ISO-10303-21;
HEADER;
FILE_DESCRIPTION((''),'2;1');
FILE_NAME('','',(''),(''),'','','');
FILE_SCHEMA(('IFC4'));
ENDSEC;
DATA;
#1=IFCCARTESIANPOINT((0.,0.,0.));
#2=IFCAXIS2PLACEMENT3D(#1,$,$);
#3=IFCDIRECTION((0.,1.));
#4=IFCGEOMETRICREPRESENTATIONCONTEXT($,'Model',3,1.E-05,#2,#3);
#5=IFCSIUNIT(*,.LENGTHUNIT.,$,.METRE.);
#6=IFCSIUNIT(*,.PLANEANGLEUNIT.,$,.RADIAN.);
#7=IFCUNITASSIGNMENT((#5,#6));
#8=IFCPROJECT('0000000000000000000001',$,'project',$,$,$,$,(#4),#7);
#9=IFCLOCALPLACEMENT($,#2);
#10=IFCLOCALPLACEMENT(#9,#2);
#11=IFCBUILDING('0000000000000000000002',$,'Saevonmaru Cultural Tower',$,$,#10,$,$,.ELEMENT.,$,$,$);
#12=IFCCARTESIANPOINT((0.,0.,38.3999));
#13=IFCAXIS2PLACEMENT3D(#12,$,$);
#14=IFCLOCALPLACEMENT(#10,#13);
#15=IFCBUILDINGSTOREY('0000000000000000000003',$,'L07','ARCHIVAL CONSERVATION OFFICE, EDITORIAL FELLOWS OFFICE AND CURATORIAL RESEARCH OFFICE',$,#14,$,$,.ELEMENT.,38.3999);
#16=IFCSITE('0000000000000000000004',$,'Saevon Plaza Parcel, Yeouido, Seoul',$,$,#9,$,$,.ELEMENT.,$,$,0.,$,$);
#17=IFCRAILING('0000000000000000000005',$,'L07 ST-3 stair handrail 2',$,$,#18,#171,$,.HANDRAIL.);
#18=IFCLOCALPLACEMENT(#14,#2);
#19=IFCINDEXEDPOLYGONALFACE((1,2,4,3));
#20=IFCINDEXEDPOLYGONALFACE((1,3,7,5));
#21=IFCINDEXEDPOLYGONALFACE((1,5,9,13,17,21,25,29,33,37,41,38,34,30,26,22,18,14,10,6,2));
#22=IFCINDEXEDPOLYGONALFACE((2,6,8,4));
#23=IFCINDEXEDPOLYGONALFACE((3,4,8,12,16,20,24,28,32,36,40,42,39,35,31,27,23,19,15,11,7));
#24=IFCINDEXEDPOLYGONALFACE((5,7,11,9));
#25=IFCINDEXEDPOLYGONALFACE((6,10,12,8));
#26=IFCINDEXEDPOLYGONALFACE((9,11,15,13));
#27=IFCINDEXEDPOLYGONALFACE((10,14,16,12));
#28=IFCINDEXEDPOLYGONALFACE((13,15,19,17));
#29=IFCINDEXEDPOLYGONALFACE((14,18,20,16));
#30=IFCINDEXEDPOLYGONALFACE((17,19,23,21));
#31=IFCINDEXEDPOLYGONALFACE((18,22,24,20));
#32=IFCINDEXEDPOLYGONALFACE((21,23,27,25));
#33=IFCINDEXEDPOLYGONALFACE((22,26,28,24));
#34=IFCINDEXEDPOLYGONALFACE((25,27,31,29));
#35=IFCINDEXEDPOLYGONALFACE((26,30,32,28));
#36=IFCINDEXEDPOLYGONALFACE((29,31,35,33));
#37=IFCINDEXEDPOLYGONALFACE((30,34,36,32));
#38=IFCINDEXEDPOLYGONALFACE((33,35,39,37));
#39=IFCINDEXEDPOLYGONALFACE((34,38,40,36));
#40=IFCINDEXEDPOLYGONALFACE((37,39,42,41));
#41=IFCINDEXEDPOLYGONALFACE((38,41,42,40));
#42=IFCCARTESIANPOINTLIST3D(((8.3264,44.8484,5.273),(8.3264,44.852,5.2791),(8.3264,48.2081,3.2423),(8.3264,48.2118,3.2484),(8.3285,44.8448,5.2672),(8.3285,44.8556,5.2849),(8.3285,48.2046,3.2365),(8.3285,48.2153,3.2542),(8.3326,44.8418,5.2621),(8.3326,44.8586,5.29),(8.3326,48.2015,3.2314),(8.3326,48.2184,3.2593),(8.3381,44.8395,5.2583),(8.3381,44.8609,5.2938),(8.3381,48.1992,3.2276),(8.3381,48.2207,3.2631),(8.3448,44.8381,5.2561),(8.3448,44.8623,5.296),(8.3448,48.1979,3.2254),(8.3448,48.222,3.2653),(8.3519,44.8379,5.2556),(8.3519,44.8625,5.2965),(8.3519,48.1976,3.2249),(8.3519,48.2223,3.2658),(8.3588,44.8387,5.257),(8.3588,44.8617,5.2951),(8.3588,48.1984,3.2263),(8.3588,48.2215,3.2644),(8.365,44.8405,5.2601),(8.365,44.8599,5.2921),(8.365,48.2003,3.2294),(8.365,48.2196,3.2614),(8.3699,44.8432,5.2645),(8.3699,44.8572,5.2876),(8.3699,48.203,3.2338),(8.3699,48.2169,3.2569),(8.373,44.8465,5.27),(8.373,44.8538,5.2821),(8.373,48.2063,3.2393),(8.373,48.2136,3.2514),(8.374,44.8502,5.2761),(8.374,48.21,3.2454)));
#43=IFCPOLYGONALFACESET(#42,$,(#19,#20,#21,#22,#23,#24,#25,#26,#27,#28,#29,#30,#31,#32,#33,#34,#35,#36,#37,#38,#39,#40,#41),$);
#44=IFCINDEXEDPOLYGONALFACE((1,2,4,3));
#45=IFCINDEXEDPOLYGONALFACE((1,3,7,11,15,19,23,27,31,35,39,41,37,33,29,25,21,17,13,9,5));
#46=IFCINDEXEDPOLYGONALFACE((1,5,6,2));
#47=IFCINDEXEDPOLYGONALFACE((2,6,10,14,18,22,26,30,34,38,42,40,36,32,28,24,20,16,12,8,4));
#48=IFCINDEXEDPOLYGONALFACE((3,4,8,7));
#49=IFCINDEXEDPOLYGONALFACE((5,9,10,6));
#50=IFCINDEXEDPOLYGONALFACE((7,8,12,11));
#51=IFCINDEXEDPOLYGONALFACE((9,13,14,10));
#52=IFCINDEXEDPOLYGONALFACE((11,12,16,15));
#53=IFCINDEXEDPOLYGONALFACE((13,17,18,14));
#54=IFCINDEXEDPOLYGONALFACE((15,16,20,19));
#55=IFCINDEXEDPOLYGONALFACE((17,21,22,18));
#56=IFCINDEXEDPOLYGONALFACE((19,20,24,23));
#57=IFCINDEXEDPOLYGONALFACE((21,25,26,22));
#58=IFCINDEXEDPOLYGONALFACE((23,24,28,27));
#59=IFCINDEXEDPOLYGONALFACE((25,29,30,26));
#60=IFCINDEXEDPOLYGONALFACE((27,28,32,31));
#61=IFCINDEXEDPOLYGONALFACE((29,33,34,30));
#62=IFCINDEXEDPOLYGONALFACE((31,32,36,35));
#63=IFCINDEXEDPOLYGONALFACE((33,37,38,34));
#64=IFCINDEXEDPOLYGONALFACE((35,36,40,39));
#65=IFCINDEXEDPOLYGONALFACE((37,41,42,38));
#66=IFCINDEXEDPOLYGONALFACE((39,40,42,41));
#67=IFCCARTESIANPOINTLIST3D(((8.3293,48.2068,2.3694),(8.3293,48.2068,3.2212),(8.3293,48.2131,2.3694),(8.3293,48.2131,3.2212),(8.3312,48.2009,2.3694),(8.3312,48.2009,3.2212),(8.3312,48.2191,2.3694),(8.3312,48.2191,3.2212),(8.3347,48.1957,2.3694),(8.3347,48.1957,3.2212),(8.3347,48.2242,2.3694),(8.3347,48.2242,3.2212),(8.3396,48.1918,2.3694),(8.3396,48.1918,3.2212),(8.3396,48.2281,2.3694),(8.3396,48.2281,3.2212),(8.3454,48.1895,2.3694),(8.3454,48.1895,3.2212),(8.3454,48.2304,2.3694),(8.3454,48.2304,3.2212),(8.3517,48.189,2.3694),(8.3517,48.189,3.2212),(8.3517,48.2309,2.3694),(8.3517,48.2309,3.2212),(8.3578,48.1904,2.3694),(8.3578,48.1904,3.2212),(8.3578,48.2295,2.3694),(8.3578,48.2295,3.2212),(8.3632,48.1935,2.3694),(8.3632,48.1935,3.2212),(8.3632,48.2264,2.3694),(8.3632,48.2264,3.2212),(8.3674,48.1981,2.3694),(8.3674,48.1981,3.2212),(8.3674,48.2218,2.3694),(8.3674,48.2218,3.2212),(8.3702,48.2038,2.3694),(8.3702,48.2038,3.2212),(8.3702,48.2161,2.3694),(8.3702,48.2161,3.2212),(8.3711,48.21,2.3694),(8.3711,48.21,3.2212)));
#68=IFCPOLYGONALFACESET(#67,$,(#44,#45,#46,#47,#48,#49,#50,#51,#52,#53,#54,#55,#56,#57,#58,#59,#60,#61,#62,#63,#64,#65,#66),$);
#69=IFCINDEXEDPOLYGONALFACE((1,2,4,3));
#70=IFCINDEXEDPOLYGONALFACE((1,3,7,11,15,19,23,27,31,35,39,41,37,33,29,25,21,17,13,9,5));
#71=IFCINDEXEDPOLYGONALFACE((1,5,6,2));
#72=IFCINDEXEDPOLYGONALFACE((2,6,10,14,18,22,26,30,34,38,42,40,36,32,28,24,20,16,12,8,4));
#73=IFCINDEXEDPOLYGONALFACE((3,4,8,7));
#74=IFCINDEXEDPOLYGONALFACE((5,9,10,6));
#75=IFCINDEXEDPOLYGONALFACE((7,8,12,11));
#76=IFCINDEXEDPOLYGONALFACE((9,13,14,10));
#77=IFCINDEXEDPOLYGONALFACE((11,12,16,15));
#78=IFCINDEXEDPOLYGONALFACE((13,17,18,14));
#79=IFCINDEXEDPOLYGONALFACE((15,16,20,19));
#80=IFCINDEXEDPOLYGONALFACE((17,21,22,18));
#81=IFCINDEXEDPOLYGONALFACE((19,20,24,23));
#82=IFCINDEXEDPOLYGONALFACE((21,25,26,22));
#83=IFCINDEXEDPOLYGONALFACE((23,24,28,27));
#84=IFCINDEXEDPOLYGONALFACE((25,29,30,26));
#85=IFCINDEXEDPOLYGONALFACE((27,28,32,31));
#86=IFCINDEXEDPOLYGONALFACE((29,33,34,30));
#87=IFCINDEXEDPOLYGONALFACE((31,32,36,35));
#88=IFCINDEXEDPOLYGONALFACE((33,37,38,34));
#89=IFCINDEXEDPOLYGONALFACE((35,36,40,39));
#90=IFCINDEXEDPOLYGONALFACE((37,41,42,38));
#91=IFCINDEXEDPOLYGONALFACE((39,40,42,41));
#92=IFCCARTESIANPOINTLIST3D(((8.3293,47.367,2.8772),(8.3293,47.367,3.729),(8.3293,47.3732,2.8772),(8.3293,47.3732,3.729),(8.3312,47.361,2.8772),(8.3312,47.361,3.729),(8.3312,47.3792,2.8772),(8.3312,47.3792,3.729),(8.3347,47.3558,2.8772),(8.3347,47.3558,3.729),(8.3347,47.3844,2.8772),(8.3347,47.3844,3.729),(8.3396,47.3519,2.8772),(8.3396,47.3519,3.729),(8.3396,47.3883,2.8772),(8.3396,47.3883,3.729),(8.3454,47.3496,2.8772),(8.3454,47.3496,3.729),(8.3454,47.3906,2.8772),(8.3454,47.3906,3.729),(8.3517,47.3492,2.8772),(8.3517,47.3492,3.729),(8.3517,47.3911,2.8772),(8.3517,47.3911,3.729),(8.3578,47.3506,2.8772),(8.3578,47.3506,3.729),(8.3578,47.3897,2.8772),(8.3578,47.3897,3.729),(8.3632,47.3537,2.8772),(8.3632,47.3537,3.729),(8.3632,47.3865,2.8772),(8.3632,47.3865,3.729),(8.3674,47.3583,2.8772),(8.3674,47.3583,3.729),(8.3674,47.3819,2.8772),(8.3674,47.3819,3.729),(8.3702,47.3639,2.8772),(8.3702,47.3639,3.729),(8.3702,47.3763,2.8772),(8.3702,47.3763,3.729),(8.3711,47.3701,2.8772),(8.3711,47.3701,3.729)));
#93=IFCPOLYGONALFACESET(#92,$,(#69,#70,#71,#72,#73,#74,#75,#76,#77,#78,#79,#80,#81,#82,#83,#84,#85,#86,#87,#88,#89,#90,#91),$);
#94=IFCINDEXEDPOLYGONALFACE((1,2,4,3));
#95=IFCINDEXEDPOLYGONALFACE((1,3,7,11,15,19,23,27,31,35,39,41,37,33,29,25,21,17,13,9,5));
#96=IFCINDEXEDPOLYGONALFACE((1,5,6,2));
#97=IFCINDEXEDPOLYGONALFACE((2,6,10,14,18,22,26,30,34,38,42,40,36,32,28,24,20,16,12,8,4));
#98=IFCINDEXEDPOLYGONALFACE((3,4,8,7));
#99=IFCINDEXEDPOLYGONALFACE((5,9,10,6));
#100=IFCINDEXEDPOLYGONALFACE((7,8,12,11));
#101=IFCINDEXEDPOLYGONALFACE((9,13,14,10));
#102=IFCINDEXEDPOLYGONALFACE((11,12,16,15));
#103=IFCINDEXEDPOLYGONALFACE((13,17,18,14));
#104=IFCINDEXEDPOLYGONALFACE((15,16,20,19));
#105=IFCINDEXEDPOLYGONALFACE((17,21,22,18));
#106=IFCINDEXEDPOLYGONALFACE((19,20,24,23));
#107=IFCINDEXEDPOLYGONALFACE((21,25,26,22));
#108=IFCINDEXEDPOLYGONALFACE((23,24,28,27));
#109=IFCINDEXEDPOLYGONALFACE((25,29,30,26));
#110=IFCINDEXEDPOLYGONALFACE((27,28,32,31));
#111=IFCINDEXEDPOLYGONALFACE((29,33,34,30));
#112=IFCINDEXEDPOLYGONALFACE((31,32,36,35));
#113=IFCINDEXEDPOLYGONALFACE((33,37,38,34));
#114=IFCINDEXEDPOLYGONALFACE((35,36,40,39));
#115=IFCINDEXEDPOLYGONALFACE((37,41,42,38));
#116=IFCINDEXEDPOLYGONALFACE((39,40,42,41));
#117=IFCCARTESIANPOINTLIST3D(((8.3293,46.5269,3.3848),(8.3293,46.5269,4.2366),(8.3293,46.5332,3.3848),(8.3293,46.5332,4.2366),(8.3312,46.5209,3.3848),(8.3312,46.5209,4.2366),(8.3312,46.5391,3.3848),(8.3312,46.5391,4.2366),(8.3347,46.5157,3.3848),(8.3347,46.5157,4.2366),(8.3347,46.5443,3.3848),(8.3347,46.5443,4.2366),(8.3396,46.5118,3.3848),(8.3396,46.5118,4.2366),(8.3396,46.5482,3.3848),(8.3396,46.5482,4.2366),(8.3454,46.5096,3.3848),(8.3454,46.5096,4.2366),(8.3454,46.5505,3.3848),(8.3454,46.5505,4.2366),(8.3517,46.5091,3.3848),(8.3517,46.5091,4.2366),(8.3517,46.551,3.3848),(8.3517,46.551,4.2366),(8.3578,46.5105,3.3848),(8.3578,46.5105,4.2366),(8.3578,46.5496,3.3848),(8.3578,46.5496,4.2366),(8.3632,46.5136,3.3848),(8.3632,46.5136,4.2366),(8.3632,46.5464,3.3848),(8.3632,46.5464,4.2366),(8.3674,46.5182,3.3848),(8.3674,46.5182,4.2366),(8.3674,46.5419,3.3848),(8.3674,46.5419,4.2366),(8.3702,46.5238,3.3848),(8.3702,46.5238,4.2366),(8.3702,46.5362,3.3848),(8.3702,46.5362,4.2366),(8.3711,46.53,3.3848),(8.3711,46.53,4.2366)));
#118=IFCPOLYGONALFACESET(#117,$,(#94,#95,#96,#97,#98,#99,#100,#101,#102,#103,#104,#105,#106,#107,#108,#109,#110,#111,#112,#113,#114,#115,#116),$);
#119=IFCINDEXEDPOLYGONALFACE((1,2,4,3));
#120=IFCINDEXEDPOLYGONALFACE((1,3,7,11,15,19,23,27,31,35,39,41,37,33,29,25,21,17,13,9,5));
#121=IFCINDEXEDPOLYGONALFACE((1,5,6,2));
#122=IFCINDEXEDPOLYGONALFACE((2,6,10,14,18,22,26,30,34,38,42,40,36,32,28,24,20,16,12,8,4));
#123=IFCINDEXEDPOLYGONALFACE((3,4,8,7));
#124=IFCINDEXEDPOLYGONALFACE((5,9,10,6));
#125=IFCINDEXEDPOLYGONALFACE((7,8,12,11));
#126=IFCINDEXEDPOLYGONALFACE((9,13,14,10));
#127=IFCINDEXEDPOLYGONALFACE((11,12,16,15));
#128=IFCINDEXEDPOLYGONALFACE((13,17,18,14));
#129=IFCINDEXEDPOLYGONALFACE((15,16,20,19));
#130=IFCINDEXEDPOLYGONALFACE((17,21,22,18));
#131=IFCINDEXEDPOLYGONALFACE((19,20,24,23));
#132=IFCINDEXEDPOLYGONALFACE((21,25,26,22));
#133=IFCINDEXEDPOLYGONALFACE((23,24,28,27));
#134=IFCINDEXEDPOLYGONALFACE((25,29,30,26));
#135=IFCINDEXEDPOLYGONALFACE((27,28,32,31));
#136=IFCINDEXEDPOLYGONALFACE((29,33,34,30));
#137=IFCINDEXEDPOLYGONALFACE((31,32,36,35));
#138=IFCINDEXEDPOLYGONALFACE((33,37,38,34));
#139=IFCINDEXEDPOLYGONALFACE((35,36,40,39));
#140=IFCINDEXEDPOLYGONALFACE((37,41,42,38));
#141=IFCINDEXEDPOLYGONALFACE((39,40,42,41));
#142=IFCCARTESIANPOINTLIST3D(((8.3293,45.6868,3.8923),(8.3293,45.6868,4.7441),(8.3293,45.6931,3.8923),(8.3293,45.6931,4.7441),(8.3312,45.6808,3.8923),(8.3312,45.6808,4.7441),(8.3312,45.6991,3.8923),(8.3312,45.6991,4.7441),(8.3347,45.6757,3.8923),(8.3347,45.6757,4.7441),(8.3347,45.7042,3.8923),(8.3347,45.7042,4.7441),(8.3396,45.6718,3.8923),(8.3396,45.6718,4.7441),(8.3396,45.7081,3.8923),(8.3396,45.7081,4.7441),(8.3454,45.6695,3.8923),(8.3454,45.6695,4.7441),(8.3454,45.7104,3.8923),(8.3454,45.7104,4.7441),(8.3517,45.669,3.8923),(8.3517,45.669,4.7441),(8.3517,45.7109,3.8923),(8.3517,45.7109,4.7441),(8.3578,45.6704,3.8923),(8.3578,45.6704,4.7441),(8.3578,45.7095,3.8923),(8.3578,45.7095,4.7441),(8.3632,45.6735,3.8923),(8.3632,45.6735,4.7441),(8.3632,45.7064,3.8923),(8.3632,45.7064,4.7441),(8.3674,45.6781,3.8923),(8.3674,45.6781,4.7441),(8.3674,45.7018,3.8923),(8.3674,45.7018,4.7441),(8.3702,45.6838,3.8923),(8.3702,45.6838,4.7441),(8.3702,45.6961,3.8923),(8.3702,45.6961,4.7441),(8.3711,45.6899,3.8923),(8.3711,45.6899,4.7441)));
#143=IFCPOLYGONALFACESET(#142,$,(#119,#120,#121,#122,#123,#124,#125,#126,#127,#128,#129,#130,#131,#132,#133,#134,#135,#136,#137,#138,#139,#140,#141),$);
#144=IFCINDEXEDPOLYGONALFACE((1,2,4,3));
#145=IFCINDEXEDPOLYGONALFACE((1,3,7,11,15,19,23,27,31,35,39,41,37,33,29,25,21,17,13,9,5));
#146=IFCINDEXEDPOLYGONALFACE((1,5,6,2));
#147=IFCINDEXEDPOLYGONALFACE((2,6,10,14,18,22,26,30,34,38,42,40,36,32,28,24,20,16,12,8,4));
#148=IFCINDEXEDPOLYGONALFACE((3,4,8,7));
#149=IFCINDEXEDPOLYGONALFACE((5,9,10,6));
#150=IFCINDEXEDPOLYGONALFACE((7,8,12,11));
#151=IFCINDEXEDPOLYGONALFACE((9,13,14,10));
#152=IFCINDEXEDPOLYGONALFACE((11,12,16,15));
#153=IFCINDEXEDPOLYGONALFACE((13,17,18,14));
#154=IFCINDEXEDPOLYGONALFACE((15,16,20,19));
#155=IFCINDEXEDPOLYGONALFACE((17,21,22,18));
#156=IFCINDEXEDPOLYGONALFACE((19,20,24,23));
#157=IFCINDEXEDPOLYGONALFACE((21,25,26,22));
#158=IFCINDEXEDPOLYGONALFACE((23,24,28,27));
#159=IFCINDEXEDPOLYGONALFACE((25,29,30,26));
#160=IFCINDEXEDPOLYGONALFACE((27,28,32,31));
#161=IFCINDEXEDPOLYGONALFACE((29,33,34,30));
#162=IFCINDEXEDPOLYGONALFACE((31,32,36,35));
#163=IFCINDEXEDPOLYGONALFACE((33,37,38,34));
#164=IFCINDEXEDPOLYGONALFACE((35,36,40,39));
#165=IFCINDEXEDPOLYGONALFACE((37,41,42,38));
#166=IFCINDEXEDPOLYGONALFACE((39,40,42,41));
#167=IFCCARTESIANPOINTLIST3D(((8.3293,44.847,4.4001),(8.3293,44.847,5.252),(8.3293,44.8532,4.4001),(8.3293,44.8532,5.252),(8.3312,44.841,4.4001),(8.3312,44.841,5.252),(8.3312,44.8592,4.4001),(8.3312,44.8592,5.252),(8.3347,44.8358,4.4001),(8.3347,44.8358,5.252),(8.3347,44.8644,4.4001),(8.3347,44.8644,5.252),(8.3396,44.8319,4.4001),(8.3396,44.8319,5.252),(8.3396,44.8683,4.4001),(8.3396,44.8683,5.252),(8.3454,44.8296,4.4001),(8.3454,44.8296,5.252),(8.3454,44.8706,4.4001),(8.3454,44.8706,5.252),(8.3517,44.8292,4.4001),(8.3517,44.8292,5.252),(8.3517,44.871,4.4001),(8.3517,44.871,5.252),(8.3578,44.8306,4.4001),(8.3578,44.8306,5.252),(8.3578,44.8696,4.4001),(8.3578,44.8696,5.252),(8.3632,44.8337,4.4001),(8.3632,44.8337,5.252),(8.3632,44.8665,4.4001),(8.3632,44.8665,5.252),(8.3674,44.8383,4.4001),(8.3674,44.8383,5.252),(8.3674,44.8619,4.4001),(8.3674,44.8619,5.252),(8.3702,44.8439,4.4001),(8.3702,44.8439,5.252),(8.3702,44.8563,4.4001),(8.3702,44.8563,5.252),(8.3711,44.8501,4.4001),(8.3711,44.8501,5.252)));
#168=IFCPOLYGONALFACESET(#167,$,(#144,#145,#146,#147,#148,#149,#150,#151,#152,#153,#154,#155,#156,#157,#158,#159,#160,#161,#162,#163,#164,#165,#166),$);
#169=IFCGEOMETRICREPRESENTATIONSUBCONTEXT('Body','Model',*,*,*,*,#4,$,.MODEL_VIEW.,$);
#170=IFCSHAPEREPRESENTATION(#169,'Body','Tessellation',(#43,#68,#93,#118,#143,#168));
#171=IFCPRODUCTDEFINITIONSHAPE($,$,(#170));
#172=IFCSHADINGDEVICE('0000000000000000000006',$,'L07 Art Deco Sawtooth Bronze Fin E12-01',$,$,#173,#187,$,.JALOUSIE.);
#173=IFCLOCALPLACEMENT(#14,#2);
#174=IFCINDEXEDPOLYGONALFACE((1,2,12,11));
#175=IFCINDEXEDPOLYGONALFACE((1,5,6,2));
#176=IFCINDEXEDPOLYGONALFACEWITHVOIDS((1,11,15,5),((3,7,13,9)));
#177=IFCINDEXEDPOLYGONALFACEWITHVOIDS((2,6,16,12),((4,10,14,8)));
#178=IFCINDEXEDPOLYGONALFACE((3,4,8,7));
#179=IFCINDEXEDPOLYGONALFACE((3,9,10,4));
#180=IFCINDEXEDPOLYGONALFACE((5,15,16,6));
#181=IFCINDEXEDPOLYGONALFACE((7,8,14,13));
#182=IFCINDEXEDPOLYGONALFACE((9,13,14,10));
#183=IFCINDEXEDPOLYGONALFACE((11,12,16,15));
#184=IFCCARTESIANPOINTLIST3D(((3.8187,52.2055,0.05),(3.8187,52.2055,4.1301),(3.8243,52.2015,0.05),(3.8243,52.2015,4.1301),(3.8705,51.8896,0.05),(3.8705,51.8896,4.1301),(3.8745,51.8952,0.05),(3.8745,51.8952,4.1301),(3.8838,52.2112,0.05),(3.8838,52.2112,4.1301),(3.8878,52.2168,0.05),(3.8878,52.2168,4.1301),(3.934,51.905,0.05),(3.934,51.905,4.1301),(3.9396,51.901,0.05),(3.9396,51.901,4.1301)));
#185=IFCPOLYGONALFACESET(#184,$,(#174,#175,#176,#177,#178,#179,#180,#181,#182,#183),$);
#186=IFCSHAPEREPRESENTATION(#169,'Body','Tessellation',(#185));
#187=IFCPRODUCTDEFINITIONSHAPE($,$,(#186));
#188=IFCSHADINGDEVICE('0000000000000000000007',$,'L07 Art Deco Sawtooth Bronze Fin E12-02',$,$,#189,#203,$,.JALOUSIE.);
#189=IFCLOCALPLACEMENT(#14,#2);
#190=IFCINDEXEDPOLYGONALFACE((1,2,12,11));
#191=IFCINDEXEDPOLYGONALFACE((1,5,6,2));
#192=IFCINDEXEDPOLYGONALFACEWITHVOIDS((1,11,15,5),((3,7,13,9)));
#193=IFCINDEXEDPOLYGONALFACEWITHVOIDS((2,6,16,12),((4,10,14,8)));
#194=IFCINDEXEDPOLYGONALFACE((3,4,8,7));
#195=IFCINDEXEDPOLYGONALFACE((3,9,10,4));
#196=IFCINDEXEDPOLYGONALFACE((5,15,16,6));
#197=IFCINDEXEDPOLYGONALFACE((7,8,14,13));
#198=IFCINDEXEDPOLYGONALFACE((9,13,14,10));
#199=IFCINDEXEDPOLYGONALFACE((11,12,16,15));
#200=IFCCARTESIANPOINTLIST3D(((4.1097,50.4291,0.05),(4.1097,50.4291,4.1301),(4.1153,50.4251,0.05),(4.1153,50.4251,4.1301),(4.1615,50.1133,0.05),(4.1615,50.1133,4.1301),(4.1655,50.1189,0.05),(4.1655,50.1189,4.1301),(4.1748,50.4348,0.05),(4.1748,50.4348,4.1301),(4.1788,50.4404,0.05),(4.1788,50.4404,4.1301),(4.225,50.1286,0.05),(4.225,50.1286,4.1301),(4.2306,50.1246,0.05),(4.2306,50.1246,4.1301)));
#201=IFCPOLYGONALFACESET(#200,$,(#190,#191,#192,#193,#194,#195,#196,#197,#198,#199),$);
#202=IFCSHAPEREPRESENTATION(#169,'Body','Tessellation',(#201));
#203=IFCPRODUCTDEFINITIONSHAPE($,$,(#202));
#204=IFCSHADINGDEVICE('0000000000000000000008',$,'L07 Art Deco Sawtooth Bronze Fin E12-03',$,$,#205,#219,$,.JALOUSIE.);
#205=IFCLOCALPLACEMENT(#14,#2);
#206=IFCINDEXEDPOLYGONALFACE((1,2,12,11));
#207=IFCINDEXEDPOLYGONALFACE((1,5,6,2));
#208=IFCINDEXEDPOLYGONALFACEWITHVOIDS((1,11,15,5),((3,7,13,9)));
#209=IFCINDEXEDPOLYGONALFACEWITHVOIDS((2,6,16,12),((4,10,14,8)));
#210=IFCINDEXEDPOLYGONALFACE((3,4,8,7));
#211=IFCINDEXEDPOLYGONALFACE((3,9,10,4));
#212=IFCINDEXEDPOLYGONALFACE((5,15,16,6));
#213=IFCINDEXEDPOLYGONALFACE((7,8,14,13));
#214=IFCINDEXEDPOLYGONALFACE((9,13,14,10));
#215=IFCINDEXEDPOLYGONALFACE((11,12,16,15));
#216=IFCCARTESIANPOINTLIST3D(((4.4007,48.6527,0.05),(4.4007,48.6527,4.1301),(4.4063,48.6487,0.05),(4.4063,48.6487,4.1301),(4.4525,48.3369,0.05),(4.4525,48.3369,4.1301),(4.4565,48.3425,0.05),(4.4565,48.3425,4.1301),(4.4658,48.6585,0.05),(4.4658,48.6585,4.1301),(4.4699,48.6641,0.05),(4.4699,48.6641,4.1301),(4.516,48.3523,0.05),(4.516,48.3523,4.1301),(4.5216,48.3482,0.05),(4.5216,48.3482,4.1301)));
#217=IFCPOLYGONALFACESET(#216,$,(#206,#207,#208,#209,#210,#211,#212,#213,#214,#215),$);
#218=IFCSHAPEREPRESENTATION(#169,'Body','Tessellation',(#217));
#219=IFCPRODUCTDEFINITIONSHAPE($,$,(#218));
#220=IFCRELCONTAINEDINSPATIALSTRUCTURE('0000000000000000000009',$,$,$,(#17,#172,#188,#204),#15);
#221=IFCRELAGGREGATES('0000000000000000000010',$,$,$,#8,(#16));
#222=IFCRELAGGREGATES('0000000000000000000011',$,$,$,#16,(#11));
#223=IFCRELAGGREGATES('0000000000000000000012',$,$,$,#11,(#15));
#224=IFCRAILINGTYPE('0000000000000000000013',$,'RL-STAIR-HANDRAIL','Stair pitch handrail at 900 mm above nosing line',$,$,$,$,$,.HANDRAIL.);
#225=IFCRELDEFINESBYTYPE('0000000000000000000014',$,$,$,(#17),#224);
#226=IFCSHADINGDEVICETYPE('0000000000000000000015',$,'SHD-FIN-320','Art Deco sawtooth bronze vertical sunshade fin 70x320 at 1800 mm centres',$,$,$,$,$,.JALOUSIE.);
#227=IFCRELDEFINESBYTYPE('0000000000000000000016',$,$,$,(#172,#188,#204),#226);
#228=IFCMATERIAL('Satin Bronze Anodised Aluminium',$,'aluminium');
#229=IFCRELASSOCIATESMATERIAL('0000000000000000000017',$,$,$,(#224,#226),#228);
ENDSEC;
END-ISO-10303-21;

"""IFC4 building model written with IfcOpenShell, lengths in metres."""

from ifc_helpers import new_model, si_unit, direction, frame, origin, origin_2d, place, context, subcontext, project, spatial, hollow_rectangle, circle, extrude, material, material_profile, profile_set, type_object, element, save


model = new_model("IFC4")

# Units and contexts
model_context = context("Model", 3, precision=1e-05, world=origin(), true_north=direction((0.0, 1.0)))
body_context = subcontext(model_context, "Body", "Model", "MODEL_VIEW")
ifc_project = project(units=[si_unit("LENGTHUNIT", "METRE"), si_unit("PLANEANGLEUNIT", "RADIAN")], contexts=[model_context])

# Site, building, storey
site_placement = place(None, origin())
site = spatial("IfcSite", under=ifc_project, at=site_placement, Name="Saevon Plaza Parcel, Yeouido, Seoul", CompositionType="ELEMENT", RefElevation=0.0)
building_placement = place(site_placement, origin())
building = spatial("IfcBuilding", under=site, at=building_placement, Name="Saevonmaru Cultural Tower", CompositionType="ELEMENT")
storey_placement = place(building_placement, frame((0.0, 0.0, 38.3999)))
storey = spatial("IfcBuildingStorey", under=building, at=storey_placement, Name="L07", Description="ARCHIVAL CONSERVATION OFFICE, EDITORIAL FELLOWS OFFICE AND CURATORIAL RESEARCH OFFICE", CompositionType="ELEMENT", Elevation=38.3999)

# Shared definitions
ifc_material_1 = material(Name="Satin Bronze Anodised Aluminium", Category="aluminium")

# Railing
railing_type_1 = type_object("IfcRailingType", Name="RL-STAIR-HANDRAIL", Description="Stair pitch handrail at 900 mm above nosing line", PredefinedType="HANDRAIL", material=ifc_material_1)
railing_1_placement = place(storey_placement, frame((8.3501, 48.21, 2.3694)))
element("IfcRailing", 1, at=railing_1_placement, inside=storey, type_object=railing_type_1, Name="L07 ST-3 stair handrail 2", PredefinedType="HANDRAIL", context=body_context, shape_type="SweptSolid", body=[
    extrude(circle(Radius=0.0239, at=origin_2d()), frame((0.0, 0.0, 0.876), z_axis=(0.0, -0.85582, 0.517273), x_axis=(1.0, 0.0, 0.0)), (0.0, 0.0, 1.0), 3.9258),
    extrude(circle(Radius=0.021, at=origin_2d()), origin(), (0.0, 0.0, 1.0), 0.8518),
    extrude(circle(Radius=0.021, at=origin_2d()), frame((0.0, -0.8398, 0.5078)), (0.0, 0.0, 1.0), 0.8518),
    extrude(circle(Radius=0.021, at=origin_2d()), frame((0.0, -1.6799, 1.0154)), (0.0, 0.0, 1.0), 0.8518),
    extrude(circle(Radius=0.021, at=origin_2d()), frame((0.0, -2.52, 1.5229)), (0.0, 0.0, 1.0), 0.8518),
    extrude(circle(Radius=0.021, at=origin_2d()), frame((0.0, -3.3599, 2.0308)), (0.0, 0.0, 1.0), 0.8518),
])

# Shading devices
ifc_material_profile_1 = material_profile(ifc_material_1, hollow_rectangle(XDim=0.0701, YDim=0.3201, WallThickness=0.0049, at=origin_2d()), Name="FIN-320x70")
ifc_profile_set_1 = profile_set([ifc_material_profile_1], Name="Satin Bronze Anodised Aluminium")
shading_device_type = type_object("IfcShadingDeviceType", Name="SHD-FIN-320", Description="Art Deco sawtooth bronze vertical sunshade fin 70x320 at 1800 mm centres", PredefinedType="JALOUSIE", material=ifc_profile_set_1)
for number, where, z_axis, x_axis, name in (
    (2, (3.8792, 52.0532, 0.05), (0.0, 0.0, 1.0), (-0.986827, -0.161776, 0.0), "L07 Art Deco Sawtooth Bronze Fin E12-01"),
    (3, (4.1702, 50.2769, 0.05), (0.0, 0.0, 1.0), (-0.986827, -0.161776, 0.0), "L07 Art Deco Sawtooth Bronze Fin E12-02"),
    (4, (4.4612, 48.5005, 0.05), (0.0, 0.0, 1.0), (-0.986827, -0.161776, 0.0), "L07 Art Deco Sawtooth Bronze Fin E12-03"),
):
    element("IfcShadingDevice", number, at=place(storey_placement, frame(where, z_axis=z_axis, x_axis=x_axis)), inside=storey, type_object=shading_device_type, Name=name, PredefinedType="JALOUSIE", context=body_context, shape_type="SweptSolid", body=[
        extrude(hollow_rectangle(XDim=0.0701, YDim=0.3201, WallThickness=0.0049, at=origin_2d()), origin(), (0.0, 0.0, 1.0), 4.0801),
    ])

save(model, "model.ifc")
